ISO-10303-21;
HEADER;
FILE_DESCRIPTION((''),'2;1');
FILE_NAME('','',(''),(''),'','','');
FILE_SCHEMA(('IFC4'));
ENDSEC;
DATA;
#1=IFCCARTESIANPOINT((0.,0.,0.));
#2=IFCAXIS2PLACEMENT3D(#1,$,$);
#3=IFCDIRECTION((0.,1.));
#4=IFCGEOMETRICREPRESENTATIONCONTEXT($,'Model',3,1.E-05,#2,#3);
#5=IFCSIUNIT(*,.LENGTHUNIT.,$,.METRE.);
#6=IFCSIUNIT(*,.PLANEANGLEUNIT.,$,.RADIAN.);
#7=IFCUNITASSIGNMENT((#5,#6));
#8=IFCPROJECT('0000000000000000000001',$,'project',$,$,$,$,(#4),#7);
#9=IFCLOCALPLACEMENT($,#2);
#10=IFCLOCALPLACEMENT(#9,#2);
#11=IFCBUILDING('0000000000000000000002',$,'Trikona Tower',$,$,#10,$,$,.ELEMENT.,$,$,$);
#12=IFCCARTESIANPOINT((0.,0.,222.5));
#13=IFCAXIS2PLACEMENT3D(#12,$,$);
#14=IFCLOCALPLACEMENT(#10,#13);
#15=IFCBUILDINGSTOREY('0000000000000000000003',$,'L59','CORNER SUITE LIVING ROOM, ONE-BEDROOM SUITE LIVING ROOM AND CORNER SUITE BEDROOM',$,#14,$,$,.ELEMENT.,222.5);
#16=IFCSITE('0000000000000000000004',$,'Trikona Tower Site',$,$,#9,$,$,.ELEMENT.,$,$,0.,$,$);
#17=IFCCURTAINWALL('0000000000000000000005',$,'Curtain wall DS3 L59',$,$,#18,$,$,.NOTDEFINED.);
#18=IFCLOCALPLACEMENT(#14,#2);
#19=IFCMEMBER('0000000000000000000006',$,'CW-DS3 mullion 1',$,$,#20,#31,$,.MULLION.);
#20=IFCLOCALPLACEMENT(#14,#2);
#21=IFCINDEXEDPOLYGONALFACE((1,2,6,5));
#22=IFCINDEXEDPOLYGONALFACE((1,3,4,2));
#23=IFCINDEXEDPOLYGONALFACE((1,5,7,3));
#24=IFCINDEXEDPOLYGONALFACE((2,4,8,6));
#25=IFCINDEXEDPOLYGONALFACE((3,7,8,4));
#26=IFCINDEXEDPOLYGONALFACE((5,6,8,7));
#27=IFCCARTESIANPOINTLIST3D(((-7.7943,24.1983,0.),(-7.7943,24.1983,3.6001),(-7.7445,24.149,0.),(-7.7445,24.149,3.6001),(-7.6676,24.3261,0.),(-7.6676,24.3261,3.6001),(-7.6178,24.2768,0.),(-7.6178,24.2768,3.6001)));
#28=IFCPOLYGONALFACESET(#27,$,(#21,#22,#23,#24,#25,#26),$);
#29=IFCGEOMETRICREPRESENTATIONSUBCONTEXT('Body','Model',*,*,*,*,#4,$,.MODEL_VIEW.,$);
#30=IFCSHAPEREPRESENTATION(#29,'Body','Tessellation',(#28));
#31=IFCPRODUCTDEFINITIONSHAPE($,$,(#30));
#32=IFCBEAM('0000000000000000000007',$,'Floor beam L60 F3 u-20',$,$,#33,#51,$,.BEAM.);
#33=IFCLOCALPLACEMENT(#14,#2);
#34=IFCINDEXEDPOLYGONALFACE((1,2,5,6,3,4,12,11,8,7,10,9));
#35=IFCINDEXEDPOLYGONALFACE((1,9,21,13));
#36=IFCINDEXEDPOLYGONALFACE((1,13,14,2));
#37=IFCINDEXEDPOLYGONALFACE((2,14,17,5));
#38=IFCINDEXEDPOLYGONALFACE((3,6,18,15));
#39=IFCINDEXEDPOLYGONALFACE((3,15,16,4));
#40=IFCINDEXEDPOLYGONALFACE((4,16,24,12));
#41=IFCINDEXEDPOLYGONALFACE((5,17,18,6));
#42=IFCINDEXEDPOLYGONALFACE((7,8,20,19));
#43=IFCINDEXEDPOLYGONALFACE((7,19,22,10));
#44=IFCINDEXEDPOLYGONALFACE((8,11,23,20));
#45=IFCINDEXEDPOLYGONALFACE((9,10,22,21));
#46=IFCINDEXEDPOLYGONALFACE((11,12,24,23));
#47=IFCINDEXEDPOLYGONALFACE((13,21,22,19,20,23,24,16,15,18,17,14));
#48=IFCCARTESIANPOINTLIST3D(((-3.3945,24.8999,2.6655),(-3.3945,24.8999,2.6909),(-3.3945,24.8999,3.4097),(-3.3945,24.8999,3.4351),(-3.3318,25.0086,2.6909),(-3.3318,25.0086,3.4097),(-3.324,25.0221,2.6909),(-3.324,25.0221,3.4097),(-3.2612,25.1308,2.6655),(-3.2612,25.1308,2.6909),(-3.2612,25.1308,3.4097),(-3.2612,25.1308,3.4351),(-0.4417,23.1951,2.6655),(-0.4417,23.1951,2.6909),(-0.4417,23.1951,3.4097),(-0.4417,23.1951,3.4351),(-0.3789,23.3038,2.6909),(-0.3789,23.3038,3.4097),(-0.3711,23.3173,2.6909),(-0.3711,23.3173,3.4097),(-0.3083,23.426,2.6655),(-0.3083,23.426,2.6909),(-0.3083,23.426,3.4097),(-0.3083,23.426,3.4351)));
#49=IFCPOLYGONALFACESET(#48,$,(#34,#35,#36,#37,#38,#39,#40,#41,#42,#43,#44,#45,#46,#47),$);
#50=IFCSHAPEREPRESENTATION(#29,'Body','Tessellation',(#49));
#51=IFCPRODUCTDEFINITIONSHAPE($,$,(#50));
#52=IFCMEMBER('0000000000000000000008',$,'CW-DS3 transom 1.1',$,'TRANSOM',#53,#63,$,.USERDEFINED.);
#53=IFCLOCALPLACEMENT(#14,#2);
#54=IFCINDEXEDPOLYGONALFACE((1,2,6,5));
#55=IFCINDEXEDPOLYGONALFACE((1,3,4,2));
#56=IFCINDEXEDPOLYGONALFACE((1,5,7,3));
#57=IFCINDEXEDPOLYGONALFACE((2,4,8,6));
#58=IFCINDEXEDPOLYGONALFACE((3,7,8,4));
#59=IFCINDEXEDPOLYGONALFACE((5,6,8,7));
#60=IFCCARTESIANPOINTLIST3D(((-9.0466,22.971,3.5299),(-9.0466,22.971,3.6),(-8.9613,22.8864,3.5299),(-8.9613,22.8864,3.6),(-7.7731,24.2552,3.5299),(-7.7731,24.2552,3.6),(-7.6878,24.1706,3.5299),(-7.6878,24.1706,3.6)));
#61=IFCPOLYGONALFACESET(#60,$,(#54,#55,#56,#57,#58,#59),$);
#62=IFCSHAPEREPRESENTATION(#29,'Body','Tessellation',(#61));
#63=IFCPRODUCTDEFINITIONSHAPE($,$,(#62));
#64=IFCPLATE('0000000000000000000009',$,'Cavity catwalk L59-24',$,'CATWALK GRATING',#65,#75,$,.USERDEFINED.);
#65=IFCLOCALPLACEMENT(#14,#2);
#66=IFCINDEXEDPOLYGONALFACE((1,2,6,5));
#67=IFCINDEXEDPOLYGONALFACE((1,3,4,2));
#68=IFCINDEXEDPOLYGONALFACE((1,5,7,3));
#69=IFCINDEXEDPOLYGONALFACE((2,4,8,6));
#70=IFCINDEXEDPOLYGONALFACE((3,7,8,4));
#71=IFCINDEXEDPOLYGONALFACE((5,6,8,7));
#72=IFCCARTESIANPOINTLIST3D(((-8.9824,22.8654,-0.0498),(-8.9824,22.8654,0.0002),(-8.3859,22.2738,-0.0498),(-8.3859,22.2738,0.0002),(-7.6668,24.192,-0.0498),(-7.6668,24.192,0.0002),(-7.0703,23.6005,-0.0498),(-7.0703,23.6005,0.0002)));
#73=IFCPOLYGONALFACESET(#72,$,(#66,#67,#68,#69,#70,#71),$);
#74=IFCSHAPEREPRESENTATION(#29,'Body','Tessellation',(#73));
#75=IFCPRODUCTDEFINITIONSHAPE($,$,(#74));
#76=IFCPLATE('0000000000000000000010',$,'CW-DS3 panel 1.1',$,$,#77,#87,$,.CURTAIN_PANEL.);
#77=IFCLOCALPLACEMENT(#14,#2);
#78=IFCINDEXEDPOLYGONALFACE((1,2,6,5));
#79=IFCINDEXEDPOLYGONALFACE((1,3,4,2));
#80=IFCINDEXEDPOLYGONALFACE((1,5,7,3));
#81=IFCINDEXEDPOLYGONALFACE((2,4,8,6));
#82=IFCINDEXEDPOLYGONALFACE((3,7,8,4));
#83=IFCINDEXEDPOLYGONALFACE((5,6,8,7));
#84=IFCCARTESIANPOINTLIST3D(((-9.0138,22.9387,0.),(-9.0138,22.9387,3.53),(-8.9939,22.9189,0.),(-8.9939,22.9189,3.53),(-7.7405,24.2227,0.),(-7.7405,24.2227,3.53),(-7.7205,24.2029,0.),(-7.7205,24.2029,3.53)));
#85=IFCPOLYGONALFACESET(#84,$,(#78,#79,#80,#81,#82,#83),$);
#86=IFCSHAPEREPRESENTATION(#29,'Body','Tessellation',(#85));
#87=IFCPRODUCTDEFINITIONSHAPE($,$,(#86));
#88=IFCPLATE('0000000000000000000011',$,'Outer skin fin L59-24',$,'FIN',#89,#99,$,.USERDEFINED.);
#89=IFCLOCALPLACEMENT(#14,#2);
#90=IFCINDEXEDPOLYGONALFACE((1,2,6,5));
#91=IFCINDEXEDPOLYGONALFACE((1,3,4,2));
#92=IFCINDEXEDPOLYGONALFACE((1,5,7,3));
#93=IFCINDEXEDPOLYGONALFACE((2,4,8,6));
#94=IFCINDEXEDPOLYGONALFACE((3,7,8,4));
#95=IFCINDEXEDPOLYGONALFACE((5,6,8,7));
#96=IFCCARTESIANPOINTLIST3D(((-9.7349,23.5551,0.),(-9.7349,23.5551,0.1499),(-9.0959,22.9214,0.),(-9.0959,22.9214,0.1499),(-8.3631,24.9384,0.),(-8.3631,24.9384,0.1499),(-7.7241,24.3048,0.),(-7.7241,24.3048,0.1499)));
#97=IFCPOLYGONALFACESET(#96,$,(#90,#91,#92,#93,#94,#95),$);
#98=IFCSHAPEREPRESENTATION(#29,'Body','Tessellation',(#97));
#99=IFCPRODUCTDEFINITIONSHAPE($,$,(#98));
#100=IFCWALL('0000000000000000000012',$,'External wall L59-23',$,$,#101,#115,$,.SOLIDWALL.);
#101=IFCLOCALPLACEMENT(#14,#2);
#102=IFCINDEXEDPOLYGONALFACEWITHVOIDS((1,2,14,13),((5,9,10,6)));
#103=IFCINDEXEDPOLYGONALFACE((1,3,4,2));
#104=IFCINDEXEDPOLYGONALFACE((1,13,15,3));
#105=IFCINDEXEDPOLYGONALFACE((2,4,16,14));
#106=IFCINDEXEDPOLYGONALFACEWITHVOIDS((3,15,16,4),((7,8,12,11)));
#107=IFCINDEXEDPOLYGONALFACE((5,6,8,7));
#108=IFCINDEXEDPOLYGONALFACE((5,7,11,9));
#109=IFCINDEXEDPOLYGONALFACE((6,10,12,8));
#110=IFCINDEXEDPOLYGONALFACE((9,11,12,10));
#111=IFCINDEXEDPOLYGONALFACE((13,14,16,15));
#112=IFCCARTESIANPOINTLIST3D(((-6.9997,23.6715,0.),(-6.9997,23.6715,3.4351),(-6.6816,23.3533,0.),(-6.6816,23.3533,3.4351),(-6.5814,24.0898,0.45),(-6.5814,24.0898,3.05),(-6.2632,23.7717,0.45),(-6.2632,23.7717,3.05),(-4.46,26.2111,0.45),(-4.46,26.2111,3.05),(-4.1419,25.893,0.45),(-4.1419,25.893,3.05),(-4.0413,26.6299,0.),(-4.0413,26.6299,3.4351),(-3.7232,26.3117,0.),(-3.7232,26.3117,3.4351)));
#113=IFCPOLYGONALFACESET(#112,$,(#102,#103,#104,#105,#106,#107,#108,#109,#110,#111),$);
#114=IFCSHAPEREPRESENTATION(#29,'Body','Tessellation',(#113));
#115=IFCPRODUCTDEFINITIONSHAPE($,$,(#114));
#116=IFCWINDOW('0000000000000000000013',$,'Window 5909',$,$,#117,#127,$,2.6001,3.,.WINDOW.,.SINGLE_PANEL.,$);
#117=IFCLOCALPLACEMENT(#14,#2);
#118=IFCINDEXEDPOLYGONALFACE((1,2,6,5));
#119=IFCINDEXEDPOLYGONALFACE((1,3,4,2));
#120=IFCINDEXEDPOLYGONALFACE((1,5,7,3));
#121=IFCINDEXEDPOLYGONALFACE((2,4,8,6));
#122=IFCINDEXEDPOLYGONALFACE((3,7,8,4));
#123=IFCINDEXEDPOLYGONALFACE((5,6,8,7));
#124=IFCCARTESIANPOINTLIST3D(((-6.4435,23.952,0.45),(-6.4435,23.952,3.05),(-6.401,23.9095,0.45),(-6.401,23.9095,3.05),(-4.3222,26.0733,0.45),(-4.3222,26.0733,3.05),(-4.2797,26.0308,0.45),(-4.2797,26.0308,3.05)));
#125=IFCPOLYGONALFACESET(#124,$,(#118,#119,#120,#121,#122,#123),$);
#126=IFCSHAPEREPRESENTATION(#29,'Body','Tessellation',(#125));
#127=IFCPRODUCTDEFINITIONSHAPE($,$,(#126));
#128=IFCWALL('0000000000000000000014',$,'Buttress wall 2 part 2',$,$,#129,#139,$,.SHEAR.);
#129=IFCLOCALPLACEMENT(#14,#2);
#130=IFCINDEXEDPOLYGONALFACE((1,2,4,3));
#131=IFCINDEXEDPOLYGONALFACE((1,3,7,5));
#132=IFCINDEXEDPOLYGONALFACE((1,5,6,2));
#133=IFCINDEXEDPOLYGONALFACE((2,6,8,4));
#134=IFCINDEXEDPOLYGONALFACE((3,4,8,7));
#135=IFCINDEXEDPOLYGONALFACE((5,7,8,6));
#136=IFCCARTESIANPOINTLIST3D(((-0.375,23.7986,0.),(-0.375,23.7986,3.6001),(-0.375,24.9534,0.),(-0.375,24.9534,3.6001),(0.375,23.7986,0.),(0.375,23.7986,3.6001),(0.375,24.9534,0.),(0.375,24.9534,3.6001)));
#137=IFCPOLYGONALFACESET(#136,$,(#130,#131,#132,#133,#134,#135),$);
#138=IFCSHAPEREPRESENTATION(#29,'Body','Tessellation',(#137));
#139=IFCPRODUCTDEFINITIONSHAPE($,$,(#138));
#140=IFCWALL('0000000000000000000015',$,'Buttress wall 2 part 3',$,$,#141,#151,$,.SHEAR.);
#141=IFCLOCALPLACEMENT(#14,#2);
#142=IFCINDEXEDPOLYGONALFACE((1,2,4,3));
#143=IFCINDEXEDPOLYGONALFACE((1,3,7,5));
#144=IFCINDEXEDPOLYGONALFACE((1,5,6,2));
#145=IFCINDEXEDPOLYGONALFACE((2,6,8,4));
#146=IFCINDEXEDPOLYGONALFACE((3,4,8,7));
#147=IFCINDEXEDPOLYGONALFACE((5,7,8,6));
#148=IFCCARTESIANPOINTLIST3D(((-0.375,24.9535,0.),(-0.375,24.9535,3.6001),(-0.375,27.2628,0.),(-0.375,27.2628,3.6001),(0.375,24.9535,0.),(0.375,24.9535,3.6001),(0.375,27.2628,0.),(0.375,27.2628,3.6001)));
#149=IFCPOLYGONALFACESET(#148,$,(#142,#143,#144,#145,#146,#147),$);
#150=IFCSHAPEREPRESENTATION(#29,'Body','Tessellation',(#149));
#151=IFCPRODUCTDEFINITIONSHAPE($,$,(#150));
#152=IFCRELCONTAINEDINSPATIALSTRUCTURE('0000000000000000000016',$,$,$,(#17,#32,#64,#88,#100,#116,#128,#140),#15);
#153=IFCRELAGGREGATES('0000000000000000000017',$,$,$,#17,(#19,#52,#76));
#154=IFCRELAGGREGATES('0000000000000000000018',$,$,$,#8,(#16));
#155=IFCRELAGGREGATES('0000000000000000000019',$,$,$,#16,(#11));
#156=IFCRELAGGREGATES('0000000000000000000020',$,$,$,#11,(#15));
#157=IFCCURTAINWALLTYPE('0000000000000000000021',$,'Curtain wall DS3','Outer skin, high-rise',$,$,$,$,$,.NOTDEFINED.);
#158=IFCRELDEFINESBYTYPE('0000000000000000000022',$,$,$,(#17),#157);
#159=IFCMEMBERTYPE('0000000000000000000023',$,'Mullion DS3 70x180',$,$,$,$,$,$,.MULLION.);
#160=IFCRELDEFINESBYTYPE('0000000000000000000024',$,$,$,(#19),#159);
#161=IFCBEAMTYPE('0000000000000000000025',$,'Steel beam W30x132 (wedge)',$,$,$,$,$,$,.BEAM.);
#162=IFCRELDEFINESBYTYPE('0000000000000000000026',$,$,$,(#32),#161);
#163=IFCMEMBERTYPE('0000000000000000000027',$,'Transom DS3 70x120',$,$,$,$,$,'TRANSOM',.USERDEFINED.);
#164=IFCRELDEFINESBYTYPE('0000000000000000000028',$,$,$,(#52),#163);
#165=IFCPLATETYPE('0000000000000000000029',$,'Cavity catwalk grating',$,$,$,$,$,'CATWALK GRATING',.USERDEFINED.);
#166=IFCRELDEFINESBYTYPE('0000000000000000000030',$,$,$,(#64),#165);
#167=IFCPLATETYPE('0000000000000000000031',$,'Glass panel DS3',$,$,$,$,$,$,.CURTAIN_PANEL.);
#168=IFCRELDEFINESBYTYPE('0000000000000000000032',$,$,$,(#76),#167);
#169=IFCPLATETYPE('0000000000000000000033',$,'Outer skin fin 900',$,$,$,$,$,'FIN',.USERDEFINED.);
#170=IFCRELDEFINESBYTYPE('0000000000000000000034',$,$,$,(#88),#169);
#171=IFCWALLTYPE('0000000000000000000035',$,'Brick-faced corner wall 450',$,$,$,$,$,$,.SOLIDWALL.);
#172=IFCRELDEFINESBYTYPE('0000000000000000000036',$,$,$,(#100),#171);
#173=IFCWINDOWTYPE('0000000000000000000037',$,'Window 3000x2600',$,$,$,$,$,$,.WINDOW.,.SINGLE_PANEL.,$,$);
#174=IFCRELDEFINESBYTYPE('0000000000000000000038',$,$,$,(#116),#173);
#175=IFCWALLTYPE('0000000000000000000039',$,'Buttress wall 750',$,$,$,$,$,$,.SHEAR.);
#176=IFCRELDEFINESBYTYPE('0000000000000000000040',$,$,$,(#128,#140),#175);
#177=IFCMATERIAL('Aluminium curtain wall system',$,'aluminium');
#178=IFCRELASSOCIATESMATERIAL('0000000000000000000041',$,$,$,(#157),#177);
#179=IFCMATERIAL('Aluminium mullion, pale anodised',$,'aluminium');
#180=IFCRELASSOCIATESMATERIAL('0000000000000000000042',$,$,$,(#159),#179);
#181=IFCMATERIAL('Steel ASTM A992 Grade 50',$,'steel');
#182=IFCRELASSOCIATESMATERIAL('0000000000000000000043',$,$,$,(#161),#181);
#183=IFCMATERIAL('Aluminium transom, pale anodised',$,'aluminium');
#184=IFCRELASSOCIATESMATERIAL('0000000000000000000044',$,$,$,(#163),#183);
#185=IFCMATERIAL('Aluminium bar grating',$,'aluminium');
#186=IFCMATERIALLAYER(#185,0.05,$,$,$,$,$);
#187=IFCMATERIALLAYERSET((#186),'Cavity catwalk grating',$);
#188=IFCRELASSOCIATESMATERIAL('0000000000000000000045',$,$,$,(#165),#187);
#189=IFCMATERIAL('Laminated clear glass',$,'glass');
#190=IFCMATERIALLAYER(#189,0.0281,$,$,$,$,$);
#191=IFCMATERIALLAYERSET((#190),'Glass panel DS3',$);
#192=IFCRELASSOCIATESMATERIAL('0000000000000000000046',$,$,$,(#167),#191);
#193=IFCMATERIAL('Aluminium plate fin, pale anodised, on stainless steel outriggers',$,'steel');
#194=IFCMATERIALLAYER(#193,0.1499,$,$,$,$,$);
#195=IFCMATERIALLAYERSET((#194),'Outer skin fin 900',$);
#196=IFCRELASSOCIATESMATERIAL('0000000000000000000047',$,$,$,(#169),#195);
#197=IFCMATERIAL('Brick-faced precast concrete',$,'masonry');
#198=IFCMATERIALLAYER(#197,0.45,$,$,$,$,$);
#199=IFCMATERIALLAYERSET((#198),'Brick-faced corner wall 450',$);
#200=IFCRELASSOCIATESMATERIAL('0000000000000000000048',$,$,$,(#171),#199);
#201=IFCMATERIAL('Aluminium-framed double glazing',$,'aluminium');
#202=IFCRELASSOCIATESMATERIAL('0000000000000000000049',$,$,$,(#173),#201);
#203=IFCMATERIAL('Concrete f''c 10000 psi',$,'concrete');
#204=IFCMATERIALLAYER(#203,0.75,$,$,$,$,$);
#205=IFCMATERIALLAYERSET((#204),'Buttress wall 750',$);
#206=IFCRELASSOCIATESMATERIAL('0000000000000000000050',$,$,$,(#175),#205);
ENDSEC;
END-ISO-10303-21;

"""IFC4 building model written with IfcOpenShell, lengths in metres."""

from ifc_helpers import new_model, si_unit, direction, frame, frame_2d, origin, origin_2d, place, context, subcontext, project, spatial, rectangle, i_section, extrude, material, layer, layer_set, material_profile, profile_set, type_object, element, fill, aggregate, save


model = new_model("IFC4")

# Units and contexts
model_context = context("Model", 3, precision=1e-05, world=origin(), true_north=direction((0.0, 1.0)))
body_context = subcontext(model_context, "Body", "Model", "MODEL_VIEW")
ifc_project = project(units=[si_unit("LENGTHUNIT", "METRE"), si_unit("PLANEANGLEUNIT", "RADIAN")], contexts=[model_context])

# Site, building, storey
site_placement = place(None, origin())
site = spatial("IfcSite", under=ifc_project, at=site_placement, Name="Trikona Tower Site", CompositionType="ELEMENT", RefElevation=0.0)
building_placement = place(site_placement, origin())
building = spatial("IfcBuilding", under=site, at=building_placement, Name="Trikona Tower", CompositionType="ELEMENT")
storey_placement = place(building_placement, frame((0.0, 0.0, 222.5)))
storey = spatial("IfcBuildingStorey", under=building, at=storey_placement, Name="L59", Description="CORNER SUITE LIVING ROOM, ONE-BEDROOM SUITE LIVING ROOM AND CORNER SUITE BEDROOM", CompositionType="ELEMENT", Elevation=222.5)

# Curtain wall, member
ifc_material_1 = material(Name="Aluminium curtain wall system", Category="aluminium")
curtain_wall_type = type_object("IfcCurtainWallType", Name="Curtain wall DS3", Description="Outer skin, high-rise", PredefinedType="NOTDEFINED", material=ifc_material_1)
curtain_wall_placement = place(storey_placement, origin())
curtain_wall = element("IfcCurtainWall", 1, at=curtain_wall_placement, inside=storey, type_object=curtain_wall_type, Name="Curtain wall DS3 L59", PredefinedType="NOTDEFINED")
ifc_material_2 = material(Name="Aluminium mullion, pale anodised", Category="aluminium")
ifc_material_profile_1 = material_profile(ifc_material_2, rectangle(XDim=0.0701, YDim=0.1799, at=origin_2d()), Name="MUL-DS3")
ifc_profile_set_1 = profile_set([ifc_material_profile_1], Name="Aluminium mullion, pale anodised")
member_type_1 = type_object("IfcMemberType", Name="Mullion DS3 70x180", PredefinedType="MULLION", material=ifc_profile_set_1)
member_1_placement = place(storey_placement, frame((-7.7061, 24.2375, 0.0), z_axis=(0.0, 0.0, 1.0), x_axis=(0.710052, -0.704149, 0.0)))
member_1 = element("IfcMember", 2, at=member_1_placement, type_object=member_type_1, Name="CW-DS3 mullion 1", PredefinedType="MULLION", context=body_context, shape_type="SweptSolid", body=[
    extrude(rectangle(XDim=0.0701, YDim=0.1799, at=origin_2d()), origin(), (0.0, 0.0, 1.0), 3.6001),
])

# Beam
ifc_material_3 = material(Name="Steel ASTM A992 Grade 50", Category="steel")
ifc_material_profile_2 = material_profile(ifc_material_3, i_section(OverallWidth=0.2666, OverallDepth=0.7695, WebThickness=0.0156, FlangeThickness=0.0254, at=origin_2d()), Name="W30X132")
ifc_profile_set_2 = profile_set([ifc_material_profile_2], Name="Steel ASTM A992 Grade 50")
beam_type = type_object("IfcBeamType", Name="Steel beam W30x132 (wedge)", PredefinedType="BEAM", material=ifc_profile_set_2)
beam_placement = place(storey_placement, frame((-0.375, 23.3105, 3.0503), z_axis=(-0.866027, 0.499997, 0.0), x_axis=(-0.499997, -0.866027, 0.0)))
element("IfcBeam", 3, at=beam_placement, inside=storey, type_object=beam_type, Name="Floor beam L60 F3 u-20", PredefinedType="BEAM", context=body_context, shape_type="SweptSolid", body=[
    extrude(i_section(OverallWidth=0.2666, OverallDepth=0.7695, WebThickness=0.0156, FlangeThickness=0.0254, at=origin_2d()), origin(), (0.0, 0.0, 1.0), 3.4097),
])

# Member
ifc_material_4 = material(Name="Aluminium transom, pale anodised", Category="aluminium")
ifc_material_profile_3 = material_profile(ifc_material_4, rectangle(XDim=0.1201, YDim=0.0701, at=origin_2d()), Name="TRN-DS3")
ifc_profile_set_3 = profile_set([ifc_material_profile_3], Name="Aluminium transom, pale anodised")
member_type_2 = type_object("IfcMemberType", Name="Transom DS3 70x120", ElementType="TRANSOM", PredefinedType="USERDEFINED", material=ifc_profile_set_3)
member_2_placement = place(storey_placement, frame((-7.7305, 24.2129, 3.5649), z_axis=(-0.704131, -0.71007, 0.0), x_axis=(0.71007, -0.704131, 0.0)))
member_2 = element("IfcMember", 4, at=member_2_placement, type_object=member_type_2, Name="CW-DS3 transom 1.1", ObjectType="TRANSOM", PredefinedType="USERDEFINED", context=body_context, shape_type="SweptSolid", body=[
    extrude(rectangle(XDim=0.1201, YDim=0.0701, at=origin_2d()), origin(), (0.0, 0.0, 1.0), 1.8086),
])

# Plates
ifc_material_5 = material(Name="Aluminium bar grating", Category="aluminium")
ifc_layer_1 = layer(ifc_material_5, 0.05)
ifc_layer_set_1 = layer_set([ifc_layer_1], Name="Cavity catwalk grating")
plate_type_1 = type_object("IfcPlateType", Name="Cavity catwalk grating", ElementType="CATWALK GRATING", PredefinedType="USERDEFINED", material=ifc_layer_set_1)
plate_1_placement = place(storey_placement, frame((-8.0264, 23.2329, -0.0498), z_axis=(0.0, 0.0, 1.0), x_axis=(-0.704151, -0.71005, 0.0)))
element("IfcPlate", 5, at=plate_1_placement, inside=storey, type_object=plate_type_1, Name="Cavity catwalk L59-24", ObjectType="CATWALK GRATING", PredefinedType="USERDEFINED", context=body_context, shape_type="SweptSolid", body=[
    extrude(rectangle(XDim=1.8684, YDim=0.8401, at=origin_2d()), origin(), (0.0, 0.0, 1.0), 0.05),
])
ifc_material_6 = material(Name="Laminated clear glass", Category="glass")
ifc_layer_2 = layer(ifc_material_6, 0.0281)
ifc_layer_set_2 = layer_set([ifc_layer_2], Name="Glass panel DS3")
plate_type_2 = type_object("IfcPlateType", Name="Glass panel DS3", PredefinedType="CURTAIN_PANEL", material=ifc_layer_set_2)
plate_2_placement = place(storey_placement, frame((-8.3672, 23.5708, 0.0), z_axis=(0.0, 0.0, 1.0), x_axis=(-0.704149, -0.710052, 0.0)))
plate_2 = element("IfcPlate", 6, at=plate_2_placement, type_object=plate_type_2, Name="CW-DS3 panel 1.1", PredefinedType="CURTAIN_PANEL", context=body_context, shape_type="SweptSolid", body=[
    extrude(rectangle(XDim=1.8083, YDim=0.0281, at=origin_2d()), origin(), (0.0, 0.0, 1.0), 3.53),
])
aggregate(curtain_wall, [member_1, member_2, plate_2])
ifc_material_7 = material(Name="Aluminium plate fin, pale anodised, on stainless steel outriggers", Category="steel")
ifc_layer_3 = layer(ifc_material_7, 0.1499)
ifc_layer_set_3 = layer_set([ifc_layer_3], Name="Outer skin fin 900")
plate_type_3 = type_object("IfcPlateType", Name="Outer skin fin 900", ElementType="FIN", PredefinedType="USERDEFINED", material=ifc_layer_set_3)
plate_3_placement = place(storey_placement, frame((-8.7295, 23.9299, 0.0), z_axis=(0.0, 0.0, 1.0), x_axis=(-0.704151, -0.71005, 0.0)))
element("IfcPlate", 7, at=plate_3_placement, inside=storey, type_object=plate_type_3, Name="Outer skin fin L59-24", ObjectType="FIN", PredefinedType="USERDEFINED", context=body_context, shape_type="SweptSolid", body=[
    extrude(rectangle(XDim=1.9482, YDim=0.8999, at=origin_2d()), origin(), (0.0, 0.0, 1.0), 0.1499),
])

# Wall, opening, window
ifc_material_8 = material(Name="Brick-faced precast concrete", Category="masonry")
ifc_layer_4 = layer(ifc_material_8, 0.45)
ifc_layer_set_4 = layer_set([ifc_layer_4], Name="Brick-faced corner wall 450")
wall_type_1 = type_object("IfcWallType", Name="Brick-faced corner wall 450", PredefinedType="SOLIDWALL", material=ifc_layer_set_4)
wall_1_placement = place(storey_placement, frame((-3.8823, 26.4707, 0.0), z_axis=(0.0, 0.0, 1.0), x_axis=(-0.707107, -0.707107, 0.0)))
wall_1 = element("IfcWall", 8, at=wall_1_placement, inside=storey, type_object=wall_type_1, Name="External wall L59-23", PredefinedType="SOLIDWALL", context=body_context, shape_type="SweptSolid", body=[
    extrude(rectangle(XDim=4.1838, YDim=0.45, at=frame_2d((2.0918, 0.0))), origin(), (0.0, 0.0, 1.0), 3.4351),
])
opening_1_placement = place(wall_1_placement, frame((0.592, 0.0, 0.45)))
opening_1 = element("IfcOpeningElement", 9, at=opening_1_placement, cuts=wall_1, PredefinedType="OPENING", context=body_context, shape_type="SweptSolid", body=[
    extrude(rectangle(XDim=3.0, YDim=2.6001, at=frame_2d((1.5, 1.3))), frame((0.0, 0.2349, 0.0), z_axis=(0.0, -1.0, 0.0), x_axis=(1.0, 0.0, 0.0)), (0.0, 0.0, 1.0), 0.47),
])
ifc_material_9 = material(Name="Aluminium-framed double glazing", Category="aluminium")
window_type = type_object("IfcWindowType", Name="Window 3000x2600", PartitioningType="SINGLE_PANEL", PredefinedType="WINDOW", material=ifc_material_9)
window_placement = place(opening_1_placement, origin())
window = element("IfcWindow", 10, at=window_placement, inside=storey, type_object=window_type, Name="Window 5909", OverallHeight=2.6001, OverallWidth=3.0, PartitioningType="SINGLE_PANEL", PredefinedType="WINDOW", context=body_context, shape_type="SweptSolid", body=[
    extrude(rectangle(XDim=3.0, YDim=2.6001, at=frame_2d((1.5, 1.3))), frame((0.0, 0.03, 0.0), z_axis=(0.0, -1.0, 0.0), x_axis=(1.0, 0.0, 0.0)), (0.0, 0.0, 1.0), 0.0601),
])
fill(opening_1, window)

# Walls
ifc_material_10 = material(Name="Concrete f'c 10000 psi", Category="concrete")
ifc_layer_5 = layer(ifc_material_10, 0.75)
ifc_layer_set_5 = layer_set([ifc_layer_5], Name="Buttress wall 750")
wall_type_2 = type_object("IfcWallType", Name="Buttress wall 750", PredefinedType="SHEAR", material=ifc_layer_set_5)
wall_2_placement = place(storey_placement, frame((0.0, 23.7986, 0.0), z_axis=(0.0, 0.0, 1.0), x_axis=(0.0, 1.0, 0.0)))
element("IfcWall", 11, at=wall_2_placement, inside=storey, type_object=wall_type_2, Name="Buttress wall 2 part 2", PredefinedType="SHEAR", context=body_context, shape_type="SweptSolid", body=[
    extrude(rectangle(XDim=1.1548, YDim=0.75, at=frame_2d((0.5774, 0.0))), origin(), (0.0, 0.0, 1.0), 3.6001),
])
wall_3_placement = place(storey_placement, frame((0.0, 24.9534, 0.0), z_axis=(0.0, 0.0, 1.0), x_axis=(0.0, 1.0, 0.0)))
element("IfcWall", 12, at=wall_3_placement, inside=storey, type_object=wall_type_2, Name="Buttress wall 2 part 3", PredefinedType="SHEAR", context=body_context, shape_type="SweptSolid", body=[
    extrude(rectangle(XDim=2.3093, YDim=0.75, at=frame_2d((1.1548, 0.0))), origin(), (0.0, 0.0, 1.0), 3.6001),
])

save(model, "model.ifc")
